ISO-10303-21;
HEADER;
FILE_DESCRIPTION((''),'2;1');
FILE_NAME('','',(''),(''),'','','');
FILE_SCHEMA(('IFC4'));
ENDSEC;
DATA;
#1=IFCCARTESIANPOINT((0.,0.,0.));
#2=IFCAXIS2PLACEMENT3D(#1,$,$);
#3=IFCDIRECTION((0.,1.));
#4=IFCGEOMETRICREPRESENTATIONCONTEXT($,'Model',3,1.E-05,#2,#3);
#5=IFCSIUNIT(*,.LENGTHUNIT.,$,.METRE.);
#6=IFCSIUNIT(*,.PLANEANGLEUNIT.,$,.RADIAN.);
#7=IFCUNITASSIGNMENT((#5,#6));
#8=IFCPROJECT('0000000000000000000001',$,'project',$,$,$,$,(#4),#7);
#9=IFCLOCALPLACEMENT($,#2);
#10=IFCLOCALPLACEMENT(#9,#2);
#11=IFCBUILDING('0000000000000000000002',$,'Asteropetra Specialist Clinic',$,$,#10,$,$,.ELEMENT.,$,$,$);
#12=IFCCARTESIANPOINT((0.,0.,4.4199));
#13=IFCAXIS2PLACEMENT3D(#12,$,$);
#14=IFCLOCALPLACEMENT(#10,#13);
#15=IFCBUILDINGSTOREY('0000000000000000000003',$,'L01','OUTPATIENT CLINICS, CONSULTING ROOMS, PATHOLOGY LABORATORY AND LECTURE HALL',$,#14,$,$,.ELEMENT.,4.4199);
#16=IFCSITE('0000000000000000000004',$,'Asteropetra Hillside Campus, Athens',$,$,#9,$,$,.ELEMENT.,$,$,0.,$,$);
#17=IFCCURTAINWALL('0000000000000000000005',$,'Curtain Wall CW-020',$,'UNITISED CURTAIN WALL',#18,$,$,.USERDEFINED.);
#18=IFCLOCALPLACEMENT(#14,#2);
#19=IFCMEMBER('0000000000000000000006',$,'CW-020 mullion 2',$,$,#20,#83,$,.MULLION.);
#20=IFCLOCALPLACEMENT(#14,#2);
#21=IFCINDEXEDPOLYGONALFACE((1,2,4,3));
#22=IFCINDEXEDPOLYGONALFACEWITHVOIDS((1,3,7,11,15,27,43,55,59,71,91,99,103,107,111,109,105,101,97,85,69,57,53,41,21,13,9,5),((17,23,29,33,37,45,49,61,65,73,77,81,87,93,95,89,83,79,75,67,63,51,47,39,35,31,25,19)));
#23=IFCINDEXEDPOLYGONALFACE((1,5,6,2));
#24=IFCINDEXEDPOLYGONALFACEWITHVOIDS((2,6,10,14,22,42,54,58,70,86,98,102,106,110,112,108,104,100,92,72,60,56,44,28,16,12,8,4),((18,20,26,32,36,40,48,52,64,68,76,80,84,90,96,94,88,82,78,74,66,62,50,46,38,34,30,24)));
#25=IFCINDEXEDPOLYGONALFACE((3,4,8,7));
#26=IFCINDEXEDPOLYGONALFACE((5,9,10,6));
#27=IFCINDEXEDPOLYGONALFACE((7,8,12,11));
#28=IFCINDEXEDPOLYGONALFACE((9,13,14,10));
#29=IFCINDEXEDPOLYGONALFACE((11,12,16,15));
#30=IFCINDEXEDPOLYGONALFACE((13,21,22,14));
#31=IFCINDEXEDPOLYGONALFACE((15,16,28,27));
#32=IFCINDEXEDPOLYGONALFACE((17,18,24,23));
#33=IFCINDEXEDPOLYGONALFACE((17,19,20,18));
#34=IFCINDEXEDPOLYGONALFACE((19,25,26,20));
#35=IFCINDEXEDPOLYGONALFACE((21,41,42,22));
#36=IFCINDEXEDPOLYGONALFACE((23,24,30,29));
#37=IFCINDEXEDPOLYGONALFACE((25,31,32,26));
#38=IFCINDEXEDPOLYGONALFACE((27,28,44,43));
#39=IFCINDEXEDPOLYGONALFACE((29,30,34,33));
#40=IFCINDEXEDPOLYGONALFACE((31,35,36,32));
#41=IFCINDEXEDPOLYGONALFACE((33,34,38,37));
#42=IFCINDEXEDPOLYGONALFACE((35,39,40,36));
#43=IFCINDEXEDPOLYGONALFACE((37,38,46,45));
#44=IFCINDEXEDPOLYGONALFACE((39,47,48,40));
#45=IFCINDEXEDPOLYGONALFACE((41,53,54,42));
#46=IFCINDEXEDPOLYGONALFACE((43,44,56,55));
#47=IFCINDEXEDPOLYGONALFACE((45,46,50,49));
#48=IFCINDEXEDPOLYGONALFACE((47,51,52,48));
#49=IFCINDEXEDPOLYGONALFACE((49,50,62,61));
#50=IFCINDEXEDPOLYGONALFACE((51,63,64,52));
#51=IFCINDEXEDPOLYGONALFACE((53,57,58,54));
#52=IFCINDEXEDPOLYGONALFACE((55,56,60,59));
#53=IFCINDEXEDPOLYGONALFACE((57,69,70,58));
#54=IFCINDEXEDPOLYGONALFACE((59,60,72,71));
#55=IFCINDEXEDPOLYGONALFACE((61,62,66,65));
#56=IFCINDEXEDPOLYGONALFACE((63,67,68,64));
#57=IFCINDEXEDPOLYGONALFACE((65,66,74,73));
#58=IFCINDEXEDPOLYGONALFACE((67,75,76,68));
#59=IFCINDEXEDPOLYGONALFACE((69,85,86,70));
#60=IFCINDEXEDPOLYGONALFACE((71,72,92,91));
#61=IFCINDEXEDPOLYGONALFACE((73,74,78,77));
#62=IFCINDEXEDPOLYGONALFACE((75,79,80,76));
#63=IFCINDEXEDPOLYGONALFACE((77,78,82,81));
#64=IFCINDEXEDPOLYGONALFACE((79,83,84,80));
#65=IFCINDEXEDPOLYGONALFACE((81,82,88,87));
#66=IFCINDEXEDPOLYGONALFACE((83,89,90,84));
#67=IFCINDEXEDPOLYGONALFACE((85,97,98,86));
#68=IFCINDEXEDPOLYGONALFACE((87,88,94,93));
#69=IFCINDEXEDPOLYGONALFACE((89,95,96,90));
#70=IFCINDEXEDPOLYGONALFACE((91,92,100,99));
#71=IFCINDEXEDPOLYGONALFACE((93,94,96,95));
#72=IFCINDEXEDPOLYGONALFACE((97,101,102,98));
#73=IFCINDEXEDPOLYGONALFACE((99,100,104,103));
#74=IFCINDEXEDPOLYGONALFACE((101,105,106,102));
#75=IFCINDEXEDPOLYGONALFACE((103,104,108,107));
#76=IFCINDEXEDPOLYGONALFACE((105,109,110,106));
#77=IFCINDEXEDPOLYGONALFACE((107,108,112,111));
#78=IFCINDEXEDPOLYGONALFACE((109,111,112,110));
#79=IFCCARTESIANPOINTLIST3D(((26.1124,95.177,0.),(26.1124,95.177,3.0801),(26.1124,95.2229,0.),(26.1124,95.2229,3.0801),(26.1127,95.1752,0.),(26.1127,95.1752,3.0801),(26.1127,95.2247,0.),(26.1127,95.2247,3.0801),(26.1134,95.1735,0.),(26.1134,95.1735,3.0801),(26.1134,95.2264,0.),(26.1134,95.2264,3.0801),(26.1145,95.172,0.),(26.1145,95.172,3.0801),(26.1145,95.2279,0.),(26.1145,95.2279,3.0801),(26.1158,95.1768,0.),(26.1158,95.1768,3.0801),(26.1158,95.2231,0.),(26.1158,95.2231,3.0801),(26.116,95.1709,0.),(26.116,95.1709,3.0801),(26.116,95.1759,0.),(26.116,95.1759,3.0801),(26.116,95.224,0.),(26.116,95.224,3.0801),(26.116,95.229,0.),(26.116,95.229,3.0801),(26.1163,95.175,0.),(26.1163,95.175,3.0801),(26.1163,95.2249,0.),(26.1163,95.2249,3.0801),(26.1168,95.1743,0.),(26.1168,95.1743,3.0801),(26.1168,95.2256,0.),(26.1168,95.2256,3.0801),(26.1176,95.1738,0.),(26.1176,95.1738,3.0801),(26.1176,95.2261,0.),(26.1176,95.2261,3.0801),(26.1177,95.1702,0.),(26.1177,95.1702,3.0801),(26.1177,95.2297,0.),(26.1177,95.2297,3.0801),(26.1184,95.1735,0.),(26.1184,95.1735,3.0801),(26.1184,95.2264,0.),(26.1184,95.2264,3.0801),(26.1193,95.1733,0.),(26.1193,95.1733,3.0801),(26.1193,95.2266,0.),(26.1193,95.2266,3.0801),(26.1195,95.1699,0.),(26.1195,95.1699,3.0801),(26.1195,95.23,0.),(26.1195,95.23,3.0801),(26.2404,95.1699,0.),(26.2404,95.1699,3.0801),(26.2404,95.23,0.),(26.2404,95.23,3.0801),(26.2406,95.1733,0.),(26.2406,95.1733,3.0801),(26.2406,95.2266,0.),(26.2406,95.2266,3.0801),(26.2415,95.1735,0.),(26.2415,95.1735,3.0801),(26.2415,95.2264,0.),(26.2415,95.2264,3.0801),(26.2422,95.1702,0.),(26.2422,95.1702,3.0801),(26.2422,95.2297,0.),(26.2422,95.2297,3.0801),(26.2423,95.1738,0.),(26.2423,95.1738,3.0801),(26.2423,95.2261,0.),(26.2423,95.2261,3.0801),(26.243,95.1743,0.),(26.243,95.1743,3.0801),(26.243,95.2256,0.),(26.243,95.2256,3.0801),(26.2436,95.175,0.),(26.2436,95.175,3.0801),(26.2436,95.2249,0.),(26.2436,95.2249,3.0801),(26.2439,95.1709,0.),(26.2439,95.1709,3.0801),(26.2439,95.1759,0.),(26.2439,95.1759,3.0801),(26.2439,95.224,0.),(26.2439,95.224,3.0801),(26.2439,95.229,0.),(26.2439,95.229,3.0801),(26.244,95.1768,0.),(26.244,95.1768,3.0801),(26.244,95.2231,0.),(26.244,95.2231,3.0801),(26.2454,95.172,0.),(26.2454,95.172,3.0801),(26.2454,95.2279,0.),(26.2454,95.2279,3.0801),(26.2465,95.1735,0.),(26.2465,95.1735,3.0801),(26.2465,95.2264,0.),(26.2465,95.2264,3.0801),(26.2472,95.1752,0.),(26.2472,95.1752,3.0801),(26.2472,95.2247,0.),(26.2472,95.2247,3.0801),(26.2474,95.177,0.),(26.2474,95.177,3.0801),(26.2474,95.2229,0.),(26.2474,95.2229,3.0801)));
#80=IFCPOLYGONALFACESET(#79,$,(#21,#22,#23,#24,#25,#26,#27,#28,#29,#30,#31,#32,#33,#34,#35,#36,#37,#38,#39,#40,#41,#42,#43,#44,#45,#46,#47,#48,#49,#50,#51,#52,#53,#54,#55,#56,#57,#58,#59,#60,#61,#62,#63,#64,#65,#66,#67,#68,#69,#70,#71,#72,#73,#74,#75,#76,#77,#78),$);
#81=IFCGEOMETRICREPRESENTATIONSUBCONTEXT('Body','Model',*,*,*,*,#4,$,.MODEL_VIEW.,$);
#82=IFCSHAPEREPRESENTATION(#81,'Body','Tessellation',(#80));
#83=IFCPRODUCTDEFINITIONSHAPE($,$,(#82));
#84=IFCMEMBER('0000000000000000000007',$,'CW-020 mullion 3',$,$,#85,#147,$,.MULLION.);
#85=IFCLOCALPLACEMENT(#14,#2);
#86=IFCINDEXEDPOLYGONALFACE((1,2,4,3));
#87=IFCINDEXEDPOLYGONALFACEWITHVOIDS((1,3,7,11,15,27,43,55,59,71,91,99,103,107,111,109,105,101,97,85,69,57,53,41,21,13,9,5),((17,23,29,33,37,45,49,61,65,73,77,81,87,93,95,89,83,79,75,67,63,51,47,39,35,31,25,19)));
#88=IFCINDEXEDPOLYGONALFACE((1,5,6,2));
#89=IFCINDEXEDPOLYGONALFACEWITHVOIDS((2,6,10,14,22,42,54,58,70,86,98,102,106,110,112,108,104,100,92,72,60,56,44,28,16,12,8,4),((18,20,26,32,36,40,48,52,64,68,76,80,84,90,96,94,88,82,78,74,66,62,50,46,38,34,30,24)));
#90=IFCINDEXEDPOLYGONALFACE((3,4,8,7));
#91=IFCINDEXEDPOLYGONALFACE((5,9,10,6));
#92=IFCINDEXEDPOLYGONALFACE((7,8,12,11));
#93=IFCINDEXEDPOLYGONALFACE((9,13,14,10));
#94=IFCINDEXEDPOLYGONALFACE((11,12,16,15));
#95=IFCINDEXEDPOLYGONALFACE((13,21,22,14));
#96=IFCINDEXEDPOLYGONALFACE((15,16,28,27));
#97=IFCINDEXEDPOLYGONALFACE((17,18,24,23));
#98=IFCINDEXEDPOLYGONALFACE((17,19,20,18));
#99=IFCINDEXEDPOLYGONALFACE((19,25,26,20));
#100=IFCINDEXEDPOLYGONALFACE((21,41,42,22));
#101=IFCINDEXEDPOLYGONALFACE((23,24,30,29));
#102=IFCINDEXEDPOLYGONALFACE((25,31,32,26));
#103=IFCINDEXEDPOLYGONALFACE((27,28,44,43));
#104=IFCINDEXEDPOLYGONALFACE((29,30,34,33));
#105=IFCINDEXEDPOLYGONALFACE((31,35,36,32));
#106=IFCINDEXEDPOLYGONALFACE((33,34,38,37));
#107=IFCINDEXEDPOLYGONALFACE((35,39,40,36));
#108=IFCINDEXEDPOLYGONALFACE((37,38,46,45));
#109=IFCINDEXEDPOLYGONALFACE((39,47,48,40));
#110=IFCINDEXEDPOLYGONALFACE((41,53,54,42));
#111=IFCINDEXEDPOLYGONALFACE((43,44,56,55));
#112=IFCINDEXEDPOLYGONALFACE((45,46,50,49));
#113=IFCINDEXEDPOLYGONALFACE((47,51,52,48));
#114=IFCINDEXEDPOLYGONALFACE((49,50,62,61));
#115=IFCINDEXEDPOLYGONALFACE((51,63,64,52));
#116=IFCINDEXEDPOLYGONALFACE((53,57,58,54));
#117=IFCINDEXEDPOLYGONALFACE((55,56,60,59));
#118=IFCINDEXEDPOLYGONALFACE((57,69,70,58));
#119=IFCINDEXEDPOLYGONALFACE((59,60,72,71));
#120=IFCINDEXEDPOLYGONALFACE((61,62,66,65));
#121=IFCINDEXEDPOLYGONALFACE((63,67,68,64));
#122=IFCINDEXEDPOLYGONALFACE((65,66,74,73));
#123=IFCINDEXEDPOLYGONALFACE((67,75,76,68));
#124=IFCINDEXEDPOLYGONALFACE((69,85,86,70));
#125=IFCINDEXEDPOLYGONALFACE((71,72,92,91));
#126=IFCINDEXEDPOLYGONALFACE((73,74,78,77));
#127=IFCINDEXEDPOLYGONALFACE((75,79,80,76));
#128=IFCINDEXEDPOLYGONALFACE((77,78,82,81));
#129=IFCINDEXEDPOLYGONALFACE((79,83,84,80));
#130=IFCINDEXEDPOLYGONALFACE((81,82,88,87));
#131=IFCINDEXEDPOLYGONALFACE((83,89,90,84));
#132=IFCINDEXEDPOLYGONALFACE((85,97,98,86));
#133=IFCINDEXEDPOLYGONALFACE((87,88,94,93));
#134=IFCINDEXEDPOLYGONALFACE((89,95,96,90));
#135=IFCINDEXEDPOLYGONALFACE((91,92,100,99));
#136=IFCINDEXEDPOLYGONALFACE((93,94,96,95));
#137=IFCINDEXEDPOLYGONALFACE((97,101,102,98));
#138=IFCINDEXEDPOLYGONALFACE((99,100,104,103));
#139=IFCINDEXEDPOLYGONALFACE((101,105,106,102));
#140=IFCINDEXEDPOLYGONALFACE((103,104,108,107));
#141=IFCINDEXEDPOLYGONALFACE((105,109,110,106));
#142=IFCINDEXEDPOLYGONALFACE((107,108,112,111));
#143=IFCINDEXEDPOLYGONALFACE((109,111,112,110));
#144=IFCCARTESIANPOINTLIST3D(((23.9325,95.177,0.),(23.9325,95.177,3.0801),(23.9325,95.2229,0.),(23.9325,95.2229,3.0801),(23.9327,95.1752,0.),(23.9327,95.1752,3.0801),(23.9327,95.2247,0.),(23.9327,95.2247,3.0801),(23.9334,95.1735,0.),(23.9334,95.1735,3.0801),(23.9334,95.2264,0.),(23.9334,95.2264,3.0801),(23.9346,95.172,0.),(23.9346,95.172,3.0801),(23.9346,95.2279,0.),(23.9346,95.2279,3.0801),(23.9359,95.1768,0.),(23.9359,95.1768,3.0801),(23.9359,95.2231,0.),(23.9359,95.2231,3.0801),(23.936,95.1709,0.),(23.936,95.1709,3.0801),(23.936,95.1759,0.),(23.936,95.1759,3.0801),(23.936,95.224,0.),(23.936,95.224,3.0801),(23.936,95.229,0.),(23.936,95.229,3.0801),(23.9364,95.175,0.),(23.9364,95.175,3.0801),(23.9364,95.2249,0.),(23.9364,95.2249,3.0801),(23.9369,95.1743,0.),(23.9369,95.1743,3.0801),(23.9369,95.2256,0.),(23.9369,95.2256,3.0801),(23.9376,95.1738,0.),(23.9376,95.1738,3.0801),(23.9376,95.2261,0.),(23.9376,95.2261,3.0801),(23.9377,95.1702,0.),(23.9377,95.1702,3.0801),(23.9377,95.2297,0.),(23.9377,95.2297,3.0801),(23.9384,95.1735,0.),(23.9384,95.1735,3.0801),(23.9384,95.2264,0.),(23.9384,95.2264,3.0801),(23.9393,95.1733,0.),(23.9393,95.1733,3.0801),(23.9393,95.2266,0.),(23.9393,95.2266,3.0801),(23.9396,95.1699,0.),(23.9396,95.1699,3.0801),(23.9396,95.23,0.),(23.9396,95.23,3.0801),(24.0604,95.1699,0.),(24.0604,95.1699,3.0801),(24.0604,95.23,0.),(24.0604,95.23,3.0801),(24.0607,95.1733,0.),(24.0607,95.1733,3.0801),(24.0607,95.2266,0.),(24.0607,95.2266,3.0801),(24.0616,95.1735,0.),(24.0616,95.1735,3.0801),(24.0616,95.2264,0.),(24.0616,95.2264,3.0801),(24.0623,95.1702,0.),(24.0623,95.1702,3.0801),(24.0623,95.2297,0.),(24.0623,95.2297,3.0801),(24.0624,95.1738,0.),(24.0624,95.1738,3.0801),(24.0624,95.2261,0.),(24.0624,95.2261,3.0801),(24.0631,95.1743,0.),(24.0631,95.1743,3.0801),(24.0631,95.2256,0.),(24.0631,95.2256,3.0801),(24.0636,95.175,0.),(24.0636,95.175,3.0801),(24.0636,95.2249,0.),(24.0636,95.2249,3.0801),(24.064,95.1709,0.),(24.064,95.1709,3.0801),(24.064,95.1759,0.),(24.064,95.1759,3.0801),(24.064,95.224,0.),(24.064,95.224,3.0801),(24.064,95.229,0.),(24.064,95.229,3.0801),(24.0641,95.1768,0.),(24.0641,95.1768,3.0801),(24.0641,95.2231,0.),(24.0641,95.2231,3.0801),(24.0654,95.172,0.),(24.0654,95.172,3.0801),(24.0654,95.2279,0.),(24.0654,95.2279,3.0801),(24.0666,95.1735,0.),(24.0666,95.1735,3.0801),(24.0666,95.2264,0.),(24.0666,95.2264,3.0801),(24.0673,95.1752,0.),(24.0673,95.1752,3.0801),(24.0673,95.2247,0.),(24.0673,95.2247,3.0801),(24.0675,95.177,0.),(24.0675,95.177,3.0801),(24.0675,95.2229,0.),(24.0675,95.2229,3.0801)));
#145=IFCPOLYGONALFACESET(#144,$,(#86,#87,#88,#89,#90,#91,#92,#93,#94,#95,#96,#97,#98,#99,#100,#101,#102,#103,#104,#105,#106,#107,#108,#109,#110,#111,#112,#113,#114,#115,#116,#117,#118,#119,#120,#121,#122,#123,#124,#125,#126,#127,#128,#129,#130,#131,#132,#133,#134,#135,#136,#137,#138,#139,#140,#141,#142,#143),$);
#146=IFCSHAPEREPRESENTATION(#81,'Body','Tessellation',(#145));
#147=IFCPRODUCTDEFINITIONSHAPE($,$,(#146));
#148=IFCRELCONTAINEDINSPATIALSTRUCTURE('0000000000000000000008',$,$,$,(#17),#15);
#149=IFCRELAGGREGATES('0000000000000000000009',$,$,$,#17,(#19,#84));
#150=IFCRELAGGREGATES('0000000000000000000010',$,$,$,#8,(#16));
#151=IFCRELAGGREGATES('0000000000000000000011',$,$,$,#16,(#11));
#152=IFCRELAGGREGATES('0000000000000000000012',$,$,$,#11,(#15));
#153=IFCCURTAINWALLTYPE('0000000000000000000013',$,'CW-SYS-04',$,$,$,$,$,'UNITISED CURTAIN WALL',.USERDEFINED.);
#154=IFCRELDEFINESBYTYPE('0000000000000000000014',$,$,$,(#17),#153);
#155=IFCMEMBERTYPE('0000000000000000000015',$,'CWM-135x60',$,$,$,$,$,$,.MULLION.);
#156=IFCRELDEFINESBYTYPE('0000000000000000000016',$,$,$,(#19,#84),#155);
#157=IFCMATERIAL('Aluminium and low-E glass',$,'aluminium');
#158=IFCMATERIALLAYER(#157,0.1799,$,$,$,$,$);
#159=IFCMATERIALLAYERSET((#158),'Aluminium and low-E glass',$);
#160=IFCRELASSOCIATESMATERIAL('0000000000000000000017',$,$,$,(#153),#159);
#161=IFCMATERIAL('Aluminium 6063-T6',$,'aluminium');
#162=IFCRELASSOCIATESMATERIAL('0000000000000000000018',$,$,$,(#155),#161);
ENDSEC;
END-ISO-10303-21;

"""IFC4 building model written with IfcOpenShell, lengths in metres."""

from ifc_helpers import new_model, si_unit, direction, frame, origin, origin_2d, place, context, subcontext, project, spatial, hollow_rectangle, extrude, material, layer, layer_set, material_profile, profile_set, type_object, element, aggregate, save


model = new_model("IFC4")

# Units and contexts
model_context = context("Model", 3, precision=1e-05, world=origin(), true_north=direction((0.0, 1.0)))
body_context = subcontext(model_context, "Body", "Model", "MODEL_VIEW")
ifc_project = project(units=[si_unit("LENGTHUNIT", "METRE"), si_unit("PLANEANGLEUNIT", "RADIAN")], contexts=[model_context])

# Site, building, storey
site_placement = place(None, origin())
site = spatial("IfcSite", under=ifc_project, at=site_placement, Name="Asteropetra Hillside Campus, Athens", CompositionType="ELEMENT", RefElevation=0.0)
building_placement = place(site_placement, origin())
building = spatial("IfcBuilding", under=site, at=building_placement, Name="Asteropetra Specialist Clinic", CompositionType="ELEMENT")
storey_placement = place(building_placement, frame((0.0, 0.0, 4.4199)))
storey = spatial("IfcBuildingStorey", under=building, at=storey_placement, Name="L01", Description="OUTPATIENT CLINICS, CONSULTING ROOMS, PATHOLOGY LABORATORY AND LECTURE HALL", CompositionType="ELEMENT", Elevation=4.4199)

# Curtain wall, members
ifc_material_1 = material(Name="Aluminium and low-E glass", Category="aluminium")
ifc_layer_1 = layer(ifc_material_1, 0.1799)
ifc_layer_set_1 = layer_set([ifc_layer_1], Name="Aluminium and low-E glass")
curtain_wall_type = type_object("IfcCurtainWallType", Name="CW-SYS-04", ElementType="UNITISED CURTAIN WALL", PredefinedType="USERDEFINED", material=ifc_layer_set_1)
curtain_wall_placement = place(storey_placement, origin())
curtain_wall = element("IfcCurtainWall", 1, at=curtain_wall_placement, inside=storey, type_object=curtain_wall_type, Name="Curtain Wall CW-020", ObjectType="UNITISED CURTAIN WALL", PredefinedType="USERDEFINED")
ifc_material_2 = material(Name="Aluminium 6063-T6", Category="aluminium")
ifc_material_profile_1 = material_profile(ifc_material_2, hollow_rectangle(XDim=0.0601, YDim=0.135, WallThickness=0.0034, InnerFilletRadius=0.0034, OuterFilletRadius=0.0071, at=origin_2d()), Name="MUL 135x60x3.5")
ifc_profile_set_1 = profile_set([ifc_material_profile_1], Name="Aluminium 6063-T6")
member_type_1 = type_object("IfcMemberType", Name="CWM-135x60", PredefinedType="MULLION", material=ifc_profile_set_1)
member_1_placement = place(storey_placement, frame((26.1799, 95.2, 0.0), z_axis=(0.0, 0.0, 1.0), x_axis=(0.0, -1.0, 0.0)))
member_1 = element("IfcMember", 2, at=member_1_placement, type_object=member_type_1, Name="CW-020 mullion 2", PredefinedType="MULLION", context=body_context, shape_type="SweptSolid", body=[
    extrude(hollow_rectangle(XDim=0.0601, YDim=0.135, WallThickness=0.0034, InnerFilletRadius=0.0034, OuterFilletRadius=0.0071, at=origin_2d()), origin(), (0.0, 0.0, 1.0), 3.0801),
])
member_2_placement = place(storey_placement, frame((24.0, 95.2, 0.0), z_axis=(0.0, 0.0, 1.0), x_axis=(0.0, -1.0, 0.0)))
member_2 = element("IfcMember", 3, at=member_2_placement, type_object=member_type_1, Name="CW-020 mullion 3", PredefinedType="MULLION", context=body_context, shape_type="SweptSolid", body=[
    extrude(hollow_rectangle(XDim=0.0601, YDim=0.135, WallThickness=0.0034, InnerFilletRadius=0.0034, OuterFilletRadius=0.0071, at=origin_2d()), origin(), (0.0, 0.0, 1.0), 3.0801),
])
aggregate(curtain_wall, [member_1, member_2])

save(model, "model.ifc")
